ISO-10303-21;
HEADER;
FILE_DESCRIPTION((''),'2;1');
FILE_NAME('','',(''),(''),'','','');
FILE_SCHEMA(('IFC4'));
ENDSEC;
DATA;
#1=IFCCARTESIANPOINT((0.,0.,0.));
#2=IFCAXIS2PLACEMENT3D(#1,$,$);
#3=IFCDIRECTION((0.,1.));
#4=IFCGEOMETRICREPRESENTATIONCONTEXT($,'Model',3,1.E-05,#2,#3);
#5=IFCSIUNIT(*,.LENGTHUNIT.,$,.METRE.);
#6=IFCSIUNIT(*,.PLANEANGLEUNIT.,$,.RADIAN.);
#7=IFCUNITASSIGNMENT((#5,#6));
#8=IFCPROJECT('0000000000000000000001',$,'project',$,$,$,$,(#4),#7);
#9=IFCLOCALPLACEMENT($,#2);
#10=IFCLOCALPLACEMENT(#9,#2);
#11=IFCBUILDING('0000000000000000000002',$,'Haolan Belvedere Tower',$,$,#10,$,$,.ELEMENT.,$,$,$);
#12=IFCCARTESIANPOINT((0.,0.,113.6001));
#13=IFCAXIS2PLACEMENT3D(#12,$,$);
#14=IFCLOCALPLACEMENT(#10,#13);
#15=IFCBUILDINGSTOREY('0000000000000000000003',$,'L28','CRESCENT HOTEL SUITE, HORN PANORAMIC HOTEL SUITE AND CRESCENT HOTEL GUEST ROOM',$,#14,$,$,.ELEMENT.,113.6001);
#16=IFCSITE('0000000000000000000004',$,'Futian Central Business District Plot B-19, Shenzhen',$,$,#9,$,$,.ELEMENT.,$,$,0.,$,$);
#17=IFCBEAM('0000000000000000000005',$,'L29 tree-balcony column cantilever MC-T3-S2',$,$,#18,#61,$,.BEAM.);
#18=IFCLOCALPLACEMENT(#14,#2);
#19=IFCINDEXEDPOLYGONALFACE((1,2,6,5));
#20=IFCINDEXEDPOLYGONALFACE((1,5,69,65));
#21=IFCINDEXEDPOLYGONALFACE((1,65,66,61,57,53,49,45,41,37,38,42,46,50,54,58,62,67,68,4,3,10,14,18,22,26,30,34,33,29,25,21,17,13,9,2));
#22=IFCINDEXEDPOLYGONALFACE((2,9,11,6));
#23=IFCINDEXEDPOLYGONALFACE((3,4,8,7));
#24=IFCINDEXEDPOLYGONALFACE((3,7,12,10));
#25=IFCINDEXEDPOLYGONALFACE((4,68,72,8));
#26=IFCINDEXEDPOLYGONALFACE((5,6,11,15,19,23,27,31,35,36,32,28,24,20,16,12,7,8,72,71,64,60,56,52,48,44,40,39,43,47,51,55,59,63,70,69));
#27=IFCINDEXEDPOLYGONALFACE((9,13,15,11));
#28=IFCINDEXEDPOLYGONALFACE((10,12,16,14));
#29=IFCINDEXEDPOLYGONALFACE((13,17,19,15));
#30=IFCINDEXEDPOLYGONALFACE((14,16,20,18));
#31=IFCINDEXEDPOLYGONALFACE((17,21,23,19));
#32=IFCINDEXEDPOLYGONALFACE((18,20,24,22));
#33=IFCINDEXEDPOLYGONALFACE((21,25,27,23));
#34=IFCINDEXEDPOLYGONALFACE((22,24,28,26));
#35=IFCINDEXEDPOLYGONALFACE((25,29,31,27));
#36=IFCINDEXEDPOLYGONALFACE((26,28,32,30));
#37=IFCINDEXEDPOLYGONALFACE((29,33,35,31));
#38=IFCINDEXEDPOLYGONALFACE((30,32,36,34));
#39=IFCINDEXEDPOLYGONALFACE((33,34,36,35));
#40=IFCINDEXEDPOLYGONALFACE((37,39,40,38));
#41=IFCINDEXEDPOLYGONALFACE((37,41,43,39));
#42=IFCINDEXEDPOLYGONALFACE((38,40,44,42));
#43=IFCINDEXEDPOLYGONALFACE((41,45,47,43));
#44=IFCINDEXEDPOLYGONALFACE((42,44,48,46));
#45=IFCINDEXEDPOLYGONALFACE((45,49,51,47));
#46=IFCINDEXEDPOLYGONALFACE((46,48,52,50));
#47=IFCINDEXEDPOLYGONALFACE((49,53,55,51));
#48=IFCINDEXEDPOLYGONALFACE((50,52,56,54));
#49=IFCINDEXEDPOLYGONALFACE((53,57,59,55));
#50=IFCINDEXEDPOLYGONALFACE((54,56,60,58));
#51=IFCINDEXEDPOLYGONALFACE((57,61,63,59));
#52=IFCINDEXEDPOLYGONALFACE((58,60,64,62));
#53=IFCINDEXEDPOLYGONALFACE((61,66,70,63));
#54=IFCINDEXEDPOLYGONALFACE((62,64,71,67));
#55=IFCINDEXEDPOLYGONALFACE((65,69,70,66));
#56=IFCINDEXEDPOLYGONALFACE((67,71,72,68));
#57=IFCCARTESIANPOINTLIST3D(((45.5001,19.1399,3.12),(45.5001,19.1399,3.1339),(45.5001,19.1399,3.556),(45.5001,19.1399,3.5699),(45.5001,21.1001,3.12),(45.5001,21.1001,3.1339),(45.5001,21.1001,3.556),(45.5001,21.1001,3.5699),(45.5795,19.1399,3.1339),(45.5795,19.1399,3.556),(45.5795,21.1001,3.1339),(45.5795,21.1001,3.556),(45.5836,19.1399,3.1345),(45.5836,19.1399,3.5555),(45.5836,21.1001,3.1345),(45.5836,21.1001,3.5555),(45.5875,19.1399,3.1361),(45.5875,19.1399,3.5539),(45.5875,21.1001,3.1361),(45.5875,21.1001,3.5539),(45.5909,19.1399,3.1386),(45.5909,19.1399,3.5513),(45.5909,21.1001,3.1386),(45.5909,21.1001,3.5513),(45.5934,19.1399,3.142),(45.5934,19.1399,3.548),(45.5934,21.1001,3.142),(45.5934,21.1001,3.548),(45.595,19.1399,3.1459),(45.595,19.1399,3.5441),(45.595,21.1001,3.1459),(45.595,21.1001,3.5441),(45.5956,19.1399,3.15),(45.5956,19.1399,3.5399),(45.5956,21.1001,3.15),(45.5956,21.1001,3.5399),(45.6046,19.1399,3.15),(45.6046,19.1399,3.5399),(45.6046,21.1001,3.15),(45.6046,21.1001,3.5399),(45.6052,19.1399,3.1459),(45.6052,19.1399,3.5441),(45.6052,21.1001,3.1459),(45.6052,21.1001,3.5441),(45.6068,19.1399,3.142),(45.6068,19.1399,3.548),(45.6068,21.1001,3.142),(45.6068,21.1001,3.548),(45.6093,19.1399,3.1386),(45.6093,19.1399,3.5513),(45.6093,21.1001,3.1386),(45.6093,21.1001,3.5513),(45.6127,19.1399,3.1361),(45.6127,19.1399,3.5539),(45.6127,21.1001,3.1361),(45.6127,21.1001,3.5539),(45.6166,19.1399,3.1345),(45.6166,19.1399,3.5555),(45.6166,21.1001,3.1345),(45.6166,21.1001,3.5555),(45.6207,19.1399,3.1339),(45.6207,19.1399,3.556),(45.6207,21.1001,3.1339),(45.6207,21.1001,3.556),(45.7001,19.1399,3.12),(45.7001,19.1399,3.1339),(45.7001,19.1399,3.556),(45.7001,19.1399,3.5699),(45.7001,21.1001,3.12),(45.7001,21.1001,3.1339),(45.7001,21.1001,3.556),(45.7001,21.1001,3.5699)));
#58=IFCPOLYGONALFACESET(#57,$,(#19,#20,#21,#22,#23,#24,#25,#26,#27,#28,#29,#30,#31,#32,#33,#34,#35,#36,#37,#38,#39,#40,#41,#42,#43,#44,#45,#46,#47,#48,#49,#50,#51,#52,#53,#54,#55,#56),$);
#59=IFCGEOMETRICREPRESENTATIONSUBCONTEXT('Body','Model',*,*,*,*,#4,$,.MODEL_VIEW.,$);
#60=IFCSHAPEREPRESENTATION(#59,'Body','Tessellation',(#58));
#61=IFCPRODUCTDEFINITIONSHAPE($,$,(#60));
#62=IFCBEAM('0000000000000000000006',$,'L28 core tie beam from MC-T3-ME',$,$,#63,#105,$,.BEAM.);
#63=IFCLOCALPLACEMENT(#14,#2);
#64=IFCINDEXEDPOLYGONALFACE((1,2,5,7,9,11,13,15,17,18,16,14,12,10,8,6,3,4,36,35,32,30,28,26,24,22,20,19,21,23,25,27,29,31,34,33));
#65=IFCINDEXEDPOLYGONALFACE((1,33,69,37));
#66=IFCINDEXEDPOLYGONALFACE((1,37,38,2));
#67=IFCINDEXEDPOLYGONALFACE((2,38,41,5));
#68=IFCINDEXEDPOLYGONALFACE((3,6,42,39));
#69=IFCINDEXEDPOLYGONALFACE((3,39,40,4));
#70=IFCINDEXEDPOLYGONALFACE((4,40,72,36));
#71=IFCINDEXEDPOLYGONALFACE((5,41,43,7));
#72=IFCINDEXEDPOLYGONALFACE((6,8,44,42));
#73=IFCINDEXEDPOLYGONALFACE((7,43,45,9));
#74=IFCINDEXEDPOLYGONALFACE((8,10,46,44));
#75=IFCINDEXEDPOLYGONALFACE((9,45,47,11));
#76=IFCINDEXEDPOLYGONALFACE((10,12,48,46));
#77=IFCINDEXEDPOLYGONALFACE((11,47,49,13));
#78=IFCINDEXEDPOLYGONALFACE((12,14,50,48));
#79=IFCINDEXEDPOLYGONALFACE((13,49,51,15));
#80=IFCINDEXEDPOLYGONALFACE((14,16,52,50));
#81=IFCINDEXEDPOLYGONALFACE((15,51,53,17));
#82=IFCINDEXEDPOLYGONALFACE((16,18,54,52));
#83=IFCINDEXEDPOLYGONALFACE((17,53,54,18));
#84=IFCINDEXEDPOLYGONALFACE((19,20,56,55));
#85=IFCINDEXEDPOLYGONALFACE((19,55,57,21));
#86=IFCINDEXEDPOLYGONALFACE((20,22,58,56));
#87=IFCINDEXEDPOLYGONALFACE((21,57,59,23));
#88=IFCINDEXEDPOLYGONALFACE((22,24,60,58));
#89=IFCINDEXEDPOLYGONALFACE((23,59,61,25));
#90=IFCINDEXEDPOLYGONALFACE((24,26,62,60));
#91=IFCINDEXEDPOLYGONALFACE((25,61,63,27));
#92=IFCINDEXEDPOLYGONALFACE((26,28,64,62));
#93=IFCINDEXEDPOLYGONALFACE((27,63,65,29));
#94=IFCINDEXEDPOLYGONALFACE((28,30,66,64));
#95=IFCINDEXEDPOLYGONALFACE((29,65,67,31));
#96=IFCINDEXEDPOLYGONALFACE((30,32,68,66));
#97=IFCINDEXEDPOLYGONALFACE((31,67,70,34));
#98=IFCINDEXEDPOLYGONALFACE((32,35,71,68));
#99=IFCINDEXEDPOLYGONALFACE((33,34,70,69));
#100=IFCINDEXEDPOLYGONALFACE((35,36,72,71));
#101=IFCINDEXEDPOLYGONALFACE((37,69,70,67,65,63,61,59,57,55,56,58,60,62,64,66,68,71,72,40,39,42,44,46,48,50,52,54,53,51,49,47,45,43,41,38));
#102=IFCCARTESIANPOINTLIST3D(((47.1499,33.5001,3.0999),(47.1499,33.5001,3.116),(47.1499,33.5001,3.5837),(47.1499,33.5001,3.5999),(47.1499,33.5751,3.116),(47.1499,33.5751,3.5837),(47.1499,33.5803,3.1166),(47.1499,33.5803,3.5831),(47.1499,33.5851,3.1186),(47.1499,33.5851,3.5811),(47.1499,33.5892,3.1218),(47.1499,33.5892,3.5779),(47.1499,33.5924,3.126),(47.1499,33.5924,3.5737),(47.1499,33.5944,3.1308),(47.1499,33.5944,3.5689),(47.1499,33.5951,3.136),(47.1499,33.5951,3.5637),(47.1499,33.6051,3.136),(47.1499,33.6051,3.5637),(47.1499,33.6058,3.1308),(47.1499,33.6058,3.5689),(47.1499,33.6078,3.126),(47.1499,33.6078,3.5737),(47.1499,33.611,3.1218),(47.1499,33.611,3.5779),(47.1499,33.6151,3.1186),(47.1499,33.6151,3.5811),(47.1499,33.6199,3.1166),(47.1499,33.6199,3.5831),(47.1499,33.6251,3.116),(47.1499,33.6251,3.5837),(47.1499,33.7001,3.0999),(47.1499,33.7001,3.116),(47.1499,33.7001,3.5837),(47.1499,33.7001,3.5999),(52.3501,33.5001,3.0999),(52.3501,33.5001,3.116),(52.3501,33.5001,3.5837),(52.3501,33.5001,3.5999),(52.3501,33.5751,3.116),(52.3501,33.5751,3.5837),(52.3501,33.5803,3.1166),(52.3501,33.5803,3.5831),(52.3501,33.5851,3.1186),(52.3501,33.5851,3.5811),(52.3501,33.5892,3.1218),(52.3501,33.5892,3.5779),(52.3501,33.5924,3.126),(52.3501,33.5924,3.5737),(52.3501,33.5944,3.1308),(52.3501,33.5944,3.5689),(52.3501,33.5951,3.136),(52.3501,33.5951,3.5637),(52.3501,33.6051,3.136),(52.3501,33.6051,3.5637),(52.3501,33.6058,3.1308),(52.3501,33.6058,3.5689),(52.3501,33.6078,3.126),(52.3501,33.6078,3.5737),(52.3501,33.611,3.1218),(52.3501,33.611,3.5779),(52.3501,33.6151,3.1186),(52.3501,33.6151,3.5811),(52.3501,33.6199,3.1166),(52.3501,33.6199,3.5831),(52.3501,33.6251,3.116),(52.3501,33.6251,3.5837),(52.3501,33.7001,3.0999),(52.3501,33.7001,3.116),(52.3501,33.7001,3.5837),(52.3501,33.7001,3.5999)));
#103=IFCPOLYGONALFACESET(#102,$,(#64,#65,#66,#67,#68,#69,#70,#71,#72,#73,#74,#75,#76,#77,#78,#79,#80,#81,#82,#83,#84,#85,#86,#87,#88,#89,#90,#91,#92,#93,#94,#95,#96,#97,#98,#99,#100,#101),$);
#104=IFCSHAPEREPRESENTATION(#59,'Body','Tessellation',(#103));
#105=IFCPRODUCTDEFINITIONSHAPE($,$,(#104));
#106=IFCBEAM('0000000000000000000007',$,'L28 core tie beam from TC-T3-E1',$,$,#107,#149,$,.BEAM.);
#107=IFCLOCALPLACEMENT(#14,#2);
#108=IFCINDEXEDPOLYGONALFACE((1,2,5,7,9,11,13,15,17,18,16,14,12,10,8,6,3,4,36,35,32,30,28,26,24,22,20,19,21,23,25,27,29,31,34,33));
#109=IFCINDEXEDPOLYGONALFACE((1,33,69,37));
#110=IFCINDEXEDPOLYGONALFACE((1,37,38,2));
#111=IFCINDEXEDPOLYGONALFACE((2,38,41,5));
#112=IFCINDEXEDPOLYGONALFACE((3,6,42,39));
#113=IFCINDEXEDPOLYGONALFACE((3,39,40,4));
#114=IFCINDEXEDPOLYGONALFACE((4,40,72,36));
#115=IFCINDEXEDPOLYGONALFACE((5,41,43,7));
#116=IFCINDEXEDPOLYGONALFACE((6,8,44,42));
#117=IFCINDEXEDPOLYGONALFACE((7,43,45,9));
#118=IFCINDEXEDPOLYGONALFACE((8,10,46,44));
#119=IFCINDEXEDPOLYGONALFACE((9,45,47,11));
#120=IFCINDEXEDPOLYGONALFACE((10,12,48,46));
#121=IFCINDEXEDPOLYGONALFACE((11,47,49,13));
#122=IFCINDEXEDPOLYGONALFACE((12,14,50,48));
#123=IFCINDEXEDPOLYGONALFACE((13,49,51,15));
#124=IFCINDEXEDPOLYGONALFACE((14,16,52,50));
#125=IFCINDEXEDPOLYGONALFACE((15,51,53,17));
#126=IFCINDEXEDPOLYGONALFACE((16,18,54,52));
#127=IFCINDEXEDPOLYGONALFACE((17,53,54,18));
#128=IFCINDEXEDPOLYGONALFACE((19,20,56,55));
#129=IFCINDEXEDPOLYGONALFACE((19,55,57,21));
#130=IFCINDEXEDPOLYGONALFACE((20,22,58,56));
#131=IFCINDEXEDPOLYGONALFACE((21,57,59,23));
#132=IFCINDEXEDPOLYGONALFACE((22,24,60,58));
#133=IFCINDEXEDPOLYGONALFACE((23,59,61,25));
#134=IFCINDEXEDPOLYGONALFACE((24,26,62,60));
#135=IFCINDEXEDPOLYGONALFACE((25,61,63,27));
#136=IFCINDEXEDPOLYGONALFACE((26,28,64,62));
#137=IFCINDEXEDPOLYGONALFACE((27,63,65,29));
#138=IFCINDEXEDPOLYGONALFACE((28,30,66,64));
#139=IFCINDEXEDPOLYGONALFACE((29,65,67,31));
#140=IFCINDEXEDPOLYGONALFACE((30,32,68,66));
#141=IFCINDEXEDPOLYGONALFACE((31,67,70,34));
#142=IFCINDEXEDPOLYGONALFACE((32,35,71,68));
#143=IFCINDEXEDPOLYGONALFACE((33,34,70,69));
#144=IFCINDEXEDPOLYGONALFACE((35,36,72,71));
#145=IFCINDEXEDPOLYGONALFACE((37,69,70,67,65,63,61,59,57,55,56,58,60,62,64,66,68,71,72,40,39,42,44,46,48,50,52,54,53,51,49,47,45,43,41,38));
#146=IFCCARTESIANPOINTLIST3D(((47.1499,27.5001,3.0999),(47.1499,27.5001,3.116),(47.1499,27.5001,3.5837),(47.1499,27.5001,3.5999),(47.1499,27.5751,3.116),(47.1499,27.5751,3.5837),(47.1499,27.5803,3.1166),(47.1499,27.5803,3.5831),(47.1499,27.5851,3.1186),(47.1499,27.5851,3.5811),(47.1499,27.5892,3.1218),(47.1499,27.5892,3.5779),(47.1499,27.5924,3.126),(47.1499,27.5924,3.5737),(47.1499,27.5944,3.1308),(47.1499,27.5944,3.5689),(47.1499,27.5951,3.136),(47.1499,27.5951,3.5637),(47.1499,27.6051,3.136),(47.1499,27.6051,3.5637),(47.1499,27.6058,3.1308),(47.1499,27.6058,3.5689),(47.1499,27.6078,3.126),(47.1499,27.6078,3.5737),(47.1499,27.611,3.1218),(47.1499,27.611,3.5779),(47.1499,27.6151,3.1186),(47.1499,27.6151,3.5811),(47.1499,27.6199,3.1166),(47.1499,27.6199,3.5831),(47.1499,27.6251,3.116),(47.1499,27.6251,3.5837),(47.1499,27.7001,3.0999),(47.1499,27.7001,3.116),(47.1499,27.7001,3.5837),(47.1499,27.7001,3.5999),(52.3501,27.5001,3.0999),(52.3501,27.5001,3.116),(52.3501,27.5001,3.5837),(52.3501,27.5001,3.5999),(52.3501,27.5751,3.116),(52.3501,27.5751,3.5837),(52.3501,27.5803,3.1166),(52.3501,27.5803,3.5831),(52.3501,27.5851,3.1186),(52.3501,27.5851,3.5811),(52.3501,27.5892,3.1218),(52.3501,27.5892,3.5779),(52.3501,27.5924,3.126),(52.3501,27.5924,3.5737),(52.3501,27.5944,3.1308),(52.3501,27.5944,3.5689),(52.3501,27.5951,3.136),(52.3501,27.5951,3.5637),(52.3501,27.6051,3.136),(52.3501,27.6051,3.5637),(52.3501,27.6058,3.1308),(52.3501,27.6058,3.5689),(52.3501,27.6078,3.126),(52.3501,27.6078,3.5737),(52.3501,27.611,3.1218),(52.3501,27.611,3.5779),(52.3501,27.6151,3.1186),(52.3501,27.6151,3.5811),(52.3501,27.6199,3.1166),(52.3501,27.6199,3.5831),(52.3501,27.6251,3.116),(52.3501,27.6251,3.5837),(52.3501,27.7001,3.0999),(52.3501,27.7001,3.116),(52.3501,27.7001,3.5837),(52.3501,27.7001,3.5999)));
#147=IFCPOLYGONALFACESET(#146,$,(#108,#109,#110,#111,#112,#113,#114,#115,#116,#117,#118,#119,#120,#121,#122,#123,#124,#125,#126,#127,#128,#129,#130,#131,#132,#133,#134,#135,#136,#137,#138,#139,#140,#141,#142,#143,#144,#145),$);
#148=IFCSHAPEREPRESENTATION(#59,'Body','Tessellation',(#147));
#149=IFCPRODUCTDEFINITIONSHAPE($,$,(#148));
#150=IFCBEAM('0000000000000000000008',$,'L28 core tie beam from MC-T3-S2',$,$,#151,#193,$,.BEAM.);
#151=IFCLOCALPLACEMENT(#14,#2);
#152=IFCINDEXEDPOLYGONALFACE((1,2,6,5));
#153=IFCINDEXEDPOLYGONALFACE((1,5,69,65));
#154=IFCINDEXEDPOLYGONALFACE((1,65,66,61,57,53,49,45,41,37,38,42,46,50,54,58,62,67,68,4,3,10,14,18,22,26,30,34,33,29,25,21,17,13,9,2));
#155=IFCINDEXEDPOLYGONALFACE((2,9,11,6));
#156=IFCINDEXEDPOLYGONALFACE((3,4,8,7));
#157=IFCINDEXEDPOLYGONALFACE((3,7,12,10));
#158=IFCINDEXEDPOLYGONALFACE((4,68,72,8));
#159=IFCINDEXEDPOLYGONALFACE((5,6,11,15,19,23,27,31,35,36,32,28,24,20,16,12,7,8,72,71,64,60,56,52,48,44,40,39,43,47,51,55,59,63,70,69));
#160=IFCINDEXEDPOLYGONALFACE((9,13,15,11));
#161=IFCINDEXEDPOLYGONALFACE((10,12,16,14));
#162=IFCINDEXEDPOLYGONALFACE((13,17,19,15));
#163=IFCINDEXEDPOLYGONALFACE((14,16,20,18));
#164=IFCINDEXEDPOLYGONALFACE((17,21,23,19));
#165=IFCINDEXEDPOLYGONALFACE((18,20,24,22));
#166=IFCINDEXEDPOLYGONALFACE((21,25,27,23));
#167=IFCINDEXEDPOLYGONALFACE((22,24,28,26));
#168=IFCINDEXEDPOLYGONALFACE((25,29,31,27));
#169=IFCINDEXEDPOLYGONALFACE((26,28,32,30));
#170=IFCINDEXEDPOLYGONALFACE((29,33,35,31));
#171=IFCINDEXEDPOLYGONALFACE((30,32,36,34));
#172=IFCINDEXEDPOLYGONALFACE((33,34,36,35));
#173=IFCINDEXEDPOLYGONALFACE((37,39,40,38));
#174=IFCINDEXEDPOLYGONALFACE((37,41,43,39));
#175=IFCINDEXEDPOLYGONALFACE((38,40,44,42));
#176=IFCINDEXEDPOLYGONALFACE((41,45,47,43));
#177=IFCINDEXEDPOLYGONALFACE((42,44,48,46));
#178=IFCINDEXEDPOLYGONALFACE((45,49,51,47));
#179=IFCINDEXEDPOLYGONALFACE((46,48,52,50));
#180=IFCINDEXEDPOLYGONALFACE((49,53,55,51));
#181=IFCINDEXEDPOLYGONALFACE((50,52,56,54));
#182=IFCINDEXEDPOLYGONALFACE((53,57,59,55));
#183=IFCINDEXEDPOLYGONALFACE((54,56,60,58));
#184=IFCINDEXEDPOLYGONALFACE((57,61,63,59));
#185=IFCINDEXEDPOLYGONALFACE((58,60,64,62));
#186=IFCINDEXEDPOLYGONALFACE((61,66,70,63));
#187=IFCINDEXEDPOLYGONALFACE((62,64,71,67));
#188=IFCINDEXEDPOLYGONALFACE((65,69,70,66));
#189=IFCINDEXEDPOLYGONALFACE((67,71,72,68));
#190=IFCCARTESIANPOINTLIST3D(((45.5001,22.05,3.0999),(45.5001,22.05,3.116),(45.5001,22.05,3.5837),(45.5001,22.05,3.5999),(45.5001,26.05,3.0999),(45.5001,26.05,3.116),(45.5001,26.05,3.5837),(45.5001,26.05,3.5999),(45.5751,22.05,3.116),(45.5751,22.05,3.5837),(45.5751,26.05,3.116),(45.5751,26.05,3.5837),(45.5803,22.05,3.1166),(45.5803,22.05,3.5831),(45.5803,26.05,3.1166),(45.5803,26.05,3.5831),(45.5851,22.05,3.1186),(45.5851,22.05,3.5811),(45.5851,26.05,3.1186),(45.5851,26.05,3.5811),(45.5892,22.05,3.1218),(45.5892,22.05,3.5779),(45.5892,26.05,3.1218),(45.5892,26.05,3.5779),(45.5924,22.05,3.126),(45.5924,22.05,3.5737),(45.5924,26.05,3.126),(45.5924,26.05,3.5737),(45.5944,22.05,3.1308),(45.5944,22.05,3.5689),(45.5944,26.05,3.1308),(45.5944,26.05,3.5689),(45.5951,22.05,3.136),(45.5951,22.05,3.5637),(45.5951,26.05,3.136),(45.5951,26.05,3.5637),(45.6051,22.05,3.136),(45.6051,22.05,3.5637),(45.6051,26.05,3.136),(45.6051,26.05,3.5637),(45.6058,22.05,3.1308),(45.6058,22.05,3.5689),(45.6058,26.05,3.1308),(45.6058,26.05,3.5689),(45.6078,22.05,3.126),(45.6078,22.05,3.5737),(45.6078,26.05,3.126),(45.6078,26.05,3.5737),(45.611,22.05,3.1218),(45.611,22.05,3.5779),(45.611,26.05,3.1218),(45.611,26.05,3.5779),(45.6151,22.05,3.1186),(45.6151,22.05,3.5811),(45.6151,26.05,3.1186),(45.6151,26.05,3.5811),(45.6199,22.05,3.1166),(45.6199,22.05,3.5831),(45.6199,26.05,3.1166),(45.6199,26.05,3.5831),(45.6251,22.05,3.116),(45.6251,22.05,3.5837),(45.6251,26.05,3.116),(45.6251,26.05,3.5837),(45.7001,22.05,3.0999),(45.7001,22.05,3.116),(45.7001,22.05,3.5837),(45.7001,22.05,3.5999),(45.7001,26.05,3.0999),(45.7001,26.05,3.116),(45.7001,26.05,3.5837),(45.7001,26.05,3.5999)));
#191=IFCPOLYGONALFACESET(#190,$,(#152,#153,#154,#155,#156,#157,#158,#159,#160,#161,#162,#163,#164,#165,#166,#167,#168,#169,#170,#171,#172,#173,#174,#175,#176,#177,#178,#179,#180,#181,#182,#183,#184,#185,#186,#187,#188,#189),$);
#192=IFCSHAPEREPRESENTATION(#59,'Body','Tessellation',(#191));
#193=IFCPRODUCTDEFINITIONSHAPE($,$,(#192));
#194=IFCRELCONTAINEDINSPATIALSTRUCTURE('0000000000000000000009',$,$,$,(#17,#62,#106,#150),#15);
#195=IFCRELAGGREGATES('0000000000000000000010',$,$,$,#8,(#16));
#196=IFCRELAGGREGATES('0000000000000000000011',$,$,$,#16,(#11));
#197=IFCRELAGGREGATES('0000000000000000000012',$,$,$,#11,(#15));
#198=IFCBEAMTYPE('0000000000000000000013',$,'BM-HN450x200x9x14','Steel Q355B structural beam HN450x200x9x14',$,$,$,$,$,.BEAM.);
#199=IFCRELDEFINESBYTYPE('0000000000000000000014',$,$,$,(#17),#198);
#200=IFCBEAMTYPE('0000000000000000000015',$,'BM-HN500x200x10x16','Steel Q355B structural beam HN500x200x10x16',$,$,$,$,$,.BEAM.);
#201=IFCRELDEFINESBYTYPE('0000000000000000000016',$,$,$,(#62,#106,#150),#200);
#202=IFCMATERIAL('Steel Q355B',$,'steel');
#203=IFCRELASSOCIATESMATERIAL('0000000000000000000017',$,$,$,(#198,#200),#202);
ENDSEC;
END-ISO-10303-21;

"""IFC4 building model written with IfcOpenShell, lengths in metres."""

from ifc_helpers import new_model, si_unit, direction, frame, origin, origin_2d, place, context, subcontext, project, spatial, i_section, extrude, material, material_profile, profile_set, type_object, element, save


model = new_model("IFC4")

# Units and contexts
model_context = context("Model", 3, precision=1e-05, world=origin(), true_north=direction((0.0, 1.0)))
body_context = subcontext(model_context, "Body", "Model", "MODEL_VIEW")
ifc_project = project(units=[si_unit("LENGTHUNIT", "METRE"), si_unit("PLANEANGLEUNIT", "RADIAN")], contexts=[model_context])

# Site, building, storey
site_placement = place(None, origin())
site = spatial("IfcSite", under=ifc_project, at=site_placement, Name="Futian Central Business District Plot B-19, Shenzhen", CompositionType="ELEMENT", RefElevation=0.0)
building_placement = place(site_placement, origin())
building = spatial("IfcBuilding", under=site, at=building_placement, Name="Haolan Belvedere Tower", CompositionType="ELEMENT")
storey_placement = place(building_placement, frame((0.0, 0.0, 113.6001)))
storey = spatial("IfcBuildingStorey", under=building, at=storey_placement, Name="L28", Description="CRESCENT HOTEL SUITE, HORN PANORAMIC HOTEL SUITE AND CRESCENT HOTEL GUEST ROOM", CompositionType="ELEMENT", Elevation=113.6001)

# Beams
ifc_material_1 = material(Name="Steel Q355B", Category="steel")
ifc_material_profile_1 = material_profile(ifc_material_1, i_section(OverallWidth=0.2, OverallDepth=0.45, WebThickness=0.009, FlangeThickness=0.0139, FilletRadius=0.0161, at=origin_2d()), Name="Steel Q355B")
ifc_profile_set_1 = profile_set([ifc_material_profile_1], Name="Steel Q355B")
beam_type_1 = type_object("IfcBeamType", Name="BM-HN450x200x9x14", Description="Steel Q355B structural beam HN450x200x9x14", PredefinedType="BEAM", material=ifc_profile_set_1)
beam_1_placement = place(storey_placement, frame((45.6001, 21.1001, 3.345), z_axis=(0.0, -1.0, 0.0), x_axis=(1.0, 0.0, 0.0)))
element("IfcBeam", 1, at=beam_1_placement, inside=storey, type_object=beam_type_1, Name="L29 tree-balcony column cantilever MC-T3-S2", PredefinedType="BEAM", context=body_context, shape_type="SweptSolid", body=[
    extrude(i_section(OverallWidth=0.2, OverallDepth=0.45, WebThickness=0.009, FlangeThickness=0.0139, FilletRadius=0.0161, at=origin_2d()), origin(), (0.0, 0.0, 1.0), 1.9602),
])
ifc_material_profile_2 = material_profile(ifc_material_1, i_section(OverallWidth=0.2, OverallDepth=0.5, WebThickness=0.01, FlangeThickness=0.0161, FilletRadius=0.02, at=origin_2d()), Name="Steel Q355B")
ifc_profile_set_2 = profile_set([ifc_material_profile_2], Name="Steel Q355B")
beam_type_2 = type_object("IfcBeamType", Name="BM-HN500x200x10x16", Description="Steel Q355B structural beam HN500x200x10x16", PredefinedType="BEAM", material=ifc_profile_set_2)
for number, where, z_axis, x_axis, name in (
    (2, (52.3501, 33.6001, 3.3499), (-1.0, 0.0, 0.0), (0.0, -1.0, 0.0), "L28 core tie beam from MC-T3-ME"),
    (3, (52.3501, 27.6001, 3.3499), (-1.0, 0.0, 0.0), (0.0, -1.0, 0.0), "L28 core tie beam from TC-T3-E1"),
):
    element("IfcBeam", number, at=place(storey_placement, frame(where, z_axis=z_axis, x_axis=x_axis)), inside=storey, type_object=beam_type_2, Name=name, PredefinedType="BEAM", context=body_context, shape_type="SweptSolid", body=[
        extrude(i_section(OverallWidth=0.2, OverallDepth=0.5, WebThickness=0.01, FlangeThickness=0.0161, FilletRadius=0.02, at=origin_2d()), origin(), (0.0, 0.0, 1.0), 5.2002),
    ])
beam_2_placement = place(storey_placement, frame((45.6001, 22.05, 3.3499), z_axis=(0.0, 1.0, 0.0), x_axis=(-1.0, 0.0, 0.0)))
element("IfcBeam", 4, at=beam_2_placement, inside=storey, type_object=beam_type_2, Name="L28 core tie beam from MC-T3-S2", PredefinedType="BEAM", context=body_context, shape_type="SweptSolid", body=[
    extrude(i_section(OverallWidth=0.2, OverallDepth=0.5, WebThickness=0.01, FlangeThickness=0.0161, FilletRadius=0.02, at=origin_2d()), origin(), (0.0, 0.0, 1.0), 4.0),
])

save(model, "model.ifc")
